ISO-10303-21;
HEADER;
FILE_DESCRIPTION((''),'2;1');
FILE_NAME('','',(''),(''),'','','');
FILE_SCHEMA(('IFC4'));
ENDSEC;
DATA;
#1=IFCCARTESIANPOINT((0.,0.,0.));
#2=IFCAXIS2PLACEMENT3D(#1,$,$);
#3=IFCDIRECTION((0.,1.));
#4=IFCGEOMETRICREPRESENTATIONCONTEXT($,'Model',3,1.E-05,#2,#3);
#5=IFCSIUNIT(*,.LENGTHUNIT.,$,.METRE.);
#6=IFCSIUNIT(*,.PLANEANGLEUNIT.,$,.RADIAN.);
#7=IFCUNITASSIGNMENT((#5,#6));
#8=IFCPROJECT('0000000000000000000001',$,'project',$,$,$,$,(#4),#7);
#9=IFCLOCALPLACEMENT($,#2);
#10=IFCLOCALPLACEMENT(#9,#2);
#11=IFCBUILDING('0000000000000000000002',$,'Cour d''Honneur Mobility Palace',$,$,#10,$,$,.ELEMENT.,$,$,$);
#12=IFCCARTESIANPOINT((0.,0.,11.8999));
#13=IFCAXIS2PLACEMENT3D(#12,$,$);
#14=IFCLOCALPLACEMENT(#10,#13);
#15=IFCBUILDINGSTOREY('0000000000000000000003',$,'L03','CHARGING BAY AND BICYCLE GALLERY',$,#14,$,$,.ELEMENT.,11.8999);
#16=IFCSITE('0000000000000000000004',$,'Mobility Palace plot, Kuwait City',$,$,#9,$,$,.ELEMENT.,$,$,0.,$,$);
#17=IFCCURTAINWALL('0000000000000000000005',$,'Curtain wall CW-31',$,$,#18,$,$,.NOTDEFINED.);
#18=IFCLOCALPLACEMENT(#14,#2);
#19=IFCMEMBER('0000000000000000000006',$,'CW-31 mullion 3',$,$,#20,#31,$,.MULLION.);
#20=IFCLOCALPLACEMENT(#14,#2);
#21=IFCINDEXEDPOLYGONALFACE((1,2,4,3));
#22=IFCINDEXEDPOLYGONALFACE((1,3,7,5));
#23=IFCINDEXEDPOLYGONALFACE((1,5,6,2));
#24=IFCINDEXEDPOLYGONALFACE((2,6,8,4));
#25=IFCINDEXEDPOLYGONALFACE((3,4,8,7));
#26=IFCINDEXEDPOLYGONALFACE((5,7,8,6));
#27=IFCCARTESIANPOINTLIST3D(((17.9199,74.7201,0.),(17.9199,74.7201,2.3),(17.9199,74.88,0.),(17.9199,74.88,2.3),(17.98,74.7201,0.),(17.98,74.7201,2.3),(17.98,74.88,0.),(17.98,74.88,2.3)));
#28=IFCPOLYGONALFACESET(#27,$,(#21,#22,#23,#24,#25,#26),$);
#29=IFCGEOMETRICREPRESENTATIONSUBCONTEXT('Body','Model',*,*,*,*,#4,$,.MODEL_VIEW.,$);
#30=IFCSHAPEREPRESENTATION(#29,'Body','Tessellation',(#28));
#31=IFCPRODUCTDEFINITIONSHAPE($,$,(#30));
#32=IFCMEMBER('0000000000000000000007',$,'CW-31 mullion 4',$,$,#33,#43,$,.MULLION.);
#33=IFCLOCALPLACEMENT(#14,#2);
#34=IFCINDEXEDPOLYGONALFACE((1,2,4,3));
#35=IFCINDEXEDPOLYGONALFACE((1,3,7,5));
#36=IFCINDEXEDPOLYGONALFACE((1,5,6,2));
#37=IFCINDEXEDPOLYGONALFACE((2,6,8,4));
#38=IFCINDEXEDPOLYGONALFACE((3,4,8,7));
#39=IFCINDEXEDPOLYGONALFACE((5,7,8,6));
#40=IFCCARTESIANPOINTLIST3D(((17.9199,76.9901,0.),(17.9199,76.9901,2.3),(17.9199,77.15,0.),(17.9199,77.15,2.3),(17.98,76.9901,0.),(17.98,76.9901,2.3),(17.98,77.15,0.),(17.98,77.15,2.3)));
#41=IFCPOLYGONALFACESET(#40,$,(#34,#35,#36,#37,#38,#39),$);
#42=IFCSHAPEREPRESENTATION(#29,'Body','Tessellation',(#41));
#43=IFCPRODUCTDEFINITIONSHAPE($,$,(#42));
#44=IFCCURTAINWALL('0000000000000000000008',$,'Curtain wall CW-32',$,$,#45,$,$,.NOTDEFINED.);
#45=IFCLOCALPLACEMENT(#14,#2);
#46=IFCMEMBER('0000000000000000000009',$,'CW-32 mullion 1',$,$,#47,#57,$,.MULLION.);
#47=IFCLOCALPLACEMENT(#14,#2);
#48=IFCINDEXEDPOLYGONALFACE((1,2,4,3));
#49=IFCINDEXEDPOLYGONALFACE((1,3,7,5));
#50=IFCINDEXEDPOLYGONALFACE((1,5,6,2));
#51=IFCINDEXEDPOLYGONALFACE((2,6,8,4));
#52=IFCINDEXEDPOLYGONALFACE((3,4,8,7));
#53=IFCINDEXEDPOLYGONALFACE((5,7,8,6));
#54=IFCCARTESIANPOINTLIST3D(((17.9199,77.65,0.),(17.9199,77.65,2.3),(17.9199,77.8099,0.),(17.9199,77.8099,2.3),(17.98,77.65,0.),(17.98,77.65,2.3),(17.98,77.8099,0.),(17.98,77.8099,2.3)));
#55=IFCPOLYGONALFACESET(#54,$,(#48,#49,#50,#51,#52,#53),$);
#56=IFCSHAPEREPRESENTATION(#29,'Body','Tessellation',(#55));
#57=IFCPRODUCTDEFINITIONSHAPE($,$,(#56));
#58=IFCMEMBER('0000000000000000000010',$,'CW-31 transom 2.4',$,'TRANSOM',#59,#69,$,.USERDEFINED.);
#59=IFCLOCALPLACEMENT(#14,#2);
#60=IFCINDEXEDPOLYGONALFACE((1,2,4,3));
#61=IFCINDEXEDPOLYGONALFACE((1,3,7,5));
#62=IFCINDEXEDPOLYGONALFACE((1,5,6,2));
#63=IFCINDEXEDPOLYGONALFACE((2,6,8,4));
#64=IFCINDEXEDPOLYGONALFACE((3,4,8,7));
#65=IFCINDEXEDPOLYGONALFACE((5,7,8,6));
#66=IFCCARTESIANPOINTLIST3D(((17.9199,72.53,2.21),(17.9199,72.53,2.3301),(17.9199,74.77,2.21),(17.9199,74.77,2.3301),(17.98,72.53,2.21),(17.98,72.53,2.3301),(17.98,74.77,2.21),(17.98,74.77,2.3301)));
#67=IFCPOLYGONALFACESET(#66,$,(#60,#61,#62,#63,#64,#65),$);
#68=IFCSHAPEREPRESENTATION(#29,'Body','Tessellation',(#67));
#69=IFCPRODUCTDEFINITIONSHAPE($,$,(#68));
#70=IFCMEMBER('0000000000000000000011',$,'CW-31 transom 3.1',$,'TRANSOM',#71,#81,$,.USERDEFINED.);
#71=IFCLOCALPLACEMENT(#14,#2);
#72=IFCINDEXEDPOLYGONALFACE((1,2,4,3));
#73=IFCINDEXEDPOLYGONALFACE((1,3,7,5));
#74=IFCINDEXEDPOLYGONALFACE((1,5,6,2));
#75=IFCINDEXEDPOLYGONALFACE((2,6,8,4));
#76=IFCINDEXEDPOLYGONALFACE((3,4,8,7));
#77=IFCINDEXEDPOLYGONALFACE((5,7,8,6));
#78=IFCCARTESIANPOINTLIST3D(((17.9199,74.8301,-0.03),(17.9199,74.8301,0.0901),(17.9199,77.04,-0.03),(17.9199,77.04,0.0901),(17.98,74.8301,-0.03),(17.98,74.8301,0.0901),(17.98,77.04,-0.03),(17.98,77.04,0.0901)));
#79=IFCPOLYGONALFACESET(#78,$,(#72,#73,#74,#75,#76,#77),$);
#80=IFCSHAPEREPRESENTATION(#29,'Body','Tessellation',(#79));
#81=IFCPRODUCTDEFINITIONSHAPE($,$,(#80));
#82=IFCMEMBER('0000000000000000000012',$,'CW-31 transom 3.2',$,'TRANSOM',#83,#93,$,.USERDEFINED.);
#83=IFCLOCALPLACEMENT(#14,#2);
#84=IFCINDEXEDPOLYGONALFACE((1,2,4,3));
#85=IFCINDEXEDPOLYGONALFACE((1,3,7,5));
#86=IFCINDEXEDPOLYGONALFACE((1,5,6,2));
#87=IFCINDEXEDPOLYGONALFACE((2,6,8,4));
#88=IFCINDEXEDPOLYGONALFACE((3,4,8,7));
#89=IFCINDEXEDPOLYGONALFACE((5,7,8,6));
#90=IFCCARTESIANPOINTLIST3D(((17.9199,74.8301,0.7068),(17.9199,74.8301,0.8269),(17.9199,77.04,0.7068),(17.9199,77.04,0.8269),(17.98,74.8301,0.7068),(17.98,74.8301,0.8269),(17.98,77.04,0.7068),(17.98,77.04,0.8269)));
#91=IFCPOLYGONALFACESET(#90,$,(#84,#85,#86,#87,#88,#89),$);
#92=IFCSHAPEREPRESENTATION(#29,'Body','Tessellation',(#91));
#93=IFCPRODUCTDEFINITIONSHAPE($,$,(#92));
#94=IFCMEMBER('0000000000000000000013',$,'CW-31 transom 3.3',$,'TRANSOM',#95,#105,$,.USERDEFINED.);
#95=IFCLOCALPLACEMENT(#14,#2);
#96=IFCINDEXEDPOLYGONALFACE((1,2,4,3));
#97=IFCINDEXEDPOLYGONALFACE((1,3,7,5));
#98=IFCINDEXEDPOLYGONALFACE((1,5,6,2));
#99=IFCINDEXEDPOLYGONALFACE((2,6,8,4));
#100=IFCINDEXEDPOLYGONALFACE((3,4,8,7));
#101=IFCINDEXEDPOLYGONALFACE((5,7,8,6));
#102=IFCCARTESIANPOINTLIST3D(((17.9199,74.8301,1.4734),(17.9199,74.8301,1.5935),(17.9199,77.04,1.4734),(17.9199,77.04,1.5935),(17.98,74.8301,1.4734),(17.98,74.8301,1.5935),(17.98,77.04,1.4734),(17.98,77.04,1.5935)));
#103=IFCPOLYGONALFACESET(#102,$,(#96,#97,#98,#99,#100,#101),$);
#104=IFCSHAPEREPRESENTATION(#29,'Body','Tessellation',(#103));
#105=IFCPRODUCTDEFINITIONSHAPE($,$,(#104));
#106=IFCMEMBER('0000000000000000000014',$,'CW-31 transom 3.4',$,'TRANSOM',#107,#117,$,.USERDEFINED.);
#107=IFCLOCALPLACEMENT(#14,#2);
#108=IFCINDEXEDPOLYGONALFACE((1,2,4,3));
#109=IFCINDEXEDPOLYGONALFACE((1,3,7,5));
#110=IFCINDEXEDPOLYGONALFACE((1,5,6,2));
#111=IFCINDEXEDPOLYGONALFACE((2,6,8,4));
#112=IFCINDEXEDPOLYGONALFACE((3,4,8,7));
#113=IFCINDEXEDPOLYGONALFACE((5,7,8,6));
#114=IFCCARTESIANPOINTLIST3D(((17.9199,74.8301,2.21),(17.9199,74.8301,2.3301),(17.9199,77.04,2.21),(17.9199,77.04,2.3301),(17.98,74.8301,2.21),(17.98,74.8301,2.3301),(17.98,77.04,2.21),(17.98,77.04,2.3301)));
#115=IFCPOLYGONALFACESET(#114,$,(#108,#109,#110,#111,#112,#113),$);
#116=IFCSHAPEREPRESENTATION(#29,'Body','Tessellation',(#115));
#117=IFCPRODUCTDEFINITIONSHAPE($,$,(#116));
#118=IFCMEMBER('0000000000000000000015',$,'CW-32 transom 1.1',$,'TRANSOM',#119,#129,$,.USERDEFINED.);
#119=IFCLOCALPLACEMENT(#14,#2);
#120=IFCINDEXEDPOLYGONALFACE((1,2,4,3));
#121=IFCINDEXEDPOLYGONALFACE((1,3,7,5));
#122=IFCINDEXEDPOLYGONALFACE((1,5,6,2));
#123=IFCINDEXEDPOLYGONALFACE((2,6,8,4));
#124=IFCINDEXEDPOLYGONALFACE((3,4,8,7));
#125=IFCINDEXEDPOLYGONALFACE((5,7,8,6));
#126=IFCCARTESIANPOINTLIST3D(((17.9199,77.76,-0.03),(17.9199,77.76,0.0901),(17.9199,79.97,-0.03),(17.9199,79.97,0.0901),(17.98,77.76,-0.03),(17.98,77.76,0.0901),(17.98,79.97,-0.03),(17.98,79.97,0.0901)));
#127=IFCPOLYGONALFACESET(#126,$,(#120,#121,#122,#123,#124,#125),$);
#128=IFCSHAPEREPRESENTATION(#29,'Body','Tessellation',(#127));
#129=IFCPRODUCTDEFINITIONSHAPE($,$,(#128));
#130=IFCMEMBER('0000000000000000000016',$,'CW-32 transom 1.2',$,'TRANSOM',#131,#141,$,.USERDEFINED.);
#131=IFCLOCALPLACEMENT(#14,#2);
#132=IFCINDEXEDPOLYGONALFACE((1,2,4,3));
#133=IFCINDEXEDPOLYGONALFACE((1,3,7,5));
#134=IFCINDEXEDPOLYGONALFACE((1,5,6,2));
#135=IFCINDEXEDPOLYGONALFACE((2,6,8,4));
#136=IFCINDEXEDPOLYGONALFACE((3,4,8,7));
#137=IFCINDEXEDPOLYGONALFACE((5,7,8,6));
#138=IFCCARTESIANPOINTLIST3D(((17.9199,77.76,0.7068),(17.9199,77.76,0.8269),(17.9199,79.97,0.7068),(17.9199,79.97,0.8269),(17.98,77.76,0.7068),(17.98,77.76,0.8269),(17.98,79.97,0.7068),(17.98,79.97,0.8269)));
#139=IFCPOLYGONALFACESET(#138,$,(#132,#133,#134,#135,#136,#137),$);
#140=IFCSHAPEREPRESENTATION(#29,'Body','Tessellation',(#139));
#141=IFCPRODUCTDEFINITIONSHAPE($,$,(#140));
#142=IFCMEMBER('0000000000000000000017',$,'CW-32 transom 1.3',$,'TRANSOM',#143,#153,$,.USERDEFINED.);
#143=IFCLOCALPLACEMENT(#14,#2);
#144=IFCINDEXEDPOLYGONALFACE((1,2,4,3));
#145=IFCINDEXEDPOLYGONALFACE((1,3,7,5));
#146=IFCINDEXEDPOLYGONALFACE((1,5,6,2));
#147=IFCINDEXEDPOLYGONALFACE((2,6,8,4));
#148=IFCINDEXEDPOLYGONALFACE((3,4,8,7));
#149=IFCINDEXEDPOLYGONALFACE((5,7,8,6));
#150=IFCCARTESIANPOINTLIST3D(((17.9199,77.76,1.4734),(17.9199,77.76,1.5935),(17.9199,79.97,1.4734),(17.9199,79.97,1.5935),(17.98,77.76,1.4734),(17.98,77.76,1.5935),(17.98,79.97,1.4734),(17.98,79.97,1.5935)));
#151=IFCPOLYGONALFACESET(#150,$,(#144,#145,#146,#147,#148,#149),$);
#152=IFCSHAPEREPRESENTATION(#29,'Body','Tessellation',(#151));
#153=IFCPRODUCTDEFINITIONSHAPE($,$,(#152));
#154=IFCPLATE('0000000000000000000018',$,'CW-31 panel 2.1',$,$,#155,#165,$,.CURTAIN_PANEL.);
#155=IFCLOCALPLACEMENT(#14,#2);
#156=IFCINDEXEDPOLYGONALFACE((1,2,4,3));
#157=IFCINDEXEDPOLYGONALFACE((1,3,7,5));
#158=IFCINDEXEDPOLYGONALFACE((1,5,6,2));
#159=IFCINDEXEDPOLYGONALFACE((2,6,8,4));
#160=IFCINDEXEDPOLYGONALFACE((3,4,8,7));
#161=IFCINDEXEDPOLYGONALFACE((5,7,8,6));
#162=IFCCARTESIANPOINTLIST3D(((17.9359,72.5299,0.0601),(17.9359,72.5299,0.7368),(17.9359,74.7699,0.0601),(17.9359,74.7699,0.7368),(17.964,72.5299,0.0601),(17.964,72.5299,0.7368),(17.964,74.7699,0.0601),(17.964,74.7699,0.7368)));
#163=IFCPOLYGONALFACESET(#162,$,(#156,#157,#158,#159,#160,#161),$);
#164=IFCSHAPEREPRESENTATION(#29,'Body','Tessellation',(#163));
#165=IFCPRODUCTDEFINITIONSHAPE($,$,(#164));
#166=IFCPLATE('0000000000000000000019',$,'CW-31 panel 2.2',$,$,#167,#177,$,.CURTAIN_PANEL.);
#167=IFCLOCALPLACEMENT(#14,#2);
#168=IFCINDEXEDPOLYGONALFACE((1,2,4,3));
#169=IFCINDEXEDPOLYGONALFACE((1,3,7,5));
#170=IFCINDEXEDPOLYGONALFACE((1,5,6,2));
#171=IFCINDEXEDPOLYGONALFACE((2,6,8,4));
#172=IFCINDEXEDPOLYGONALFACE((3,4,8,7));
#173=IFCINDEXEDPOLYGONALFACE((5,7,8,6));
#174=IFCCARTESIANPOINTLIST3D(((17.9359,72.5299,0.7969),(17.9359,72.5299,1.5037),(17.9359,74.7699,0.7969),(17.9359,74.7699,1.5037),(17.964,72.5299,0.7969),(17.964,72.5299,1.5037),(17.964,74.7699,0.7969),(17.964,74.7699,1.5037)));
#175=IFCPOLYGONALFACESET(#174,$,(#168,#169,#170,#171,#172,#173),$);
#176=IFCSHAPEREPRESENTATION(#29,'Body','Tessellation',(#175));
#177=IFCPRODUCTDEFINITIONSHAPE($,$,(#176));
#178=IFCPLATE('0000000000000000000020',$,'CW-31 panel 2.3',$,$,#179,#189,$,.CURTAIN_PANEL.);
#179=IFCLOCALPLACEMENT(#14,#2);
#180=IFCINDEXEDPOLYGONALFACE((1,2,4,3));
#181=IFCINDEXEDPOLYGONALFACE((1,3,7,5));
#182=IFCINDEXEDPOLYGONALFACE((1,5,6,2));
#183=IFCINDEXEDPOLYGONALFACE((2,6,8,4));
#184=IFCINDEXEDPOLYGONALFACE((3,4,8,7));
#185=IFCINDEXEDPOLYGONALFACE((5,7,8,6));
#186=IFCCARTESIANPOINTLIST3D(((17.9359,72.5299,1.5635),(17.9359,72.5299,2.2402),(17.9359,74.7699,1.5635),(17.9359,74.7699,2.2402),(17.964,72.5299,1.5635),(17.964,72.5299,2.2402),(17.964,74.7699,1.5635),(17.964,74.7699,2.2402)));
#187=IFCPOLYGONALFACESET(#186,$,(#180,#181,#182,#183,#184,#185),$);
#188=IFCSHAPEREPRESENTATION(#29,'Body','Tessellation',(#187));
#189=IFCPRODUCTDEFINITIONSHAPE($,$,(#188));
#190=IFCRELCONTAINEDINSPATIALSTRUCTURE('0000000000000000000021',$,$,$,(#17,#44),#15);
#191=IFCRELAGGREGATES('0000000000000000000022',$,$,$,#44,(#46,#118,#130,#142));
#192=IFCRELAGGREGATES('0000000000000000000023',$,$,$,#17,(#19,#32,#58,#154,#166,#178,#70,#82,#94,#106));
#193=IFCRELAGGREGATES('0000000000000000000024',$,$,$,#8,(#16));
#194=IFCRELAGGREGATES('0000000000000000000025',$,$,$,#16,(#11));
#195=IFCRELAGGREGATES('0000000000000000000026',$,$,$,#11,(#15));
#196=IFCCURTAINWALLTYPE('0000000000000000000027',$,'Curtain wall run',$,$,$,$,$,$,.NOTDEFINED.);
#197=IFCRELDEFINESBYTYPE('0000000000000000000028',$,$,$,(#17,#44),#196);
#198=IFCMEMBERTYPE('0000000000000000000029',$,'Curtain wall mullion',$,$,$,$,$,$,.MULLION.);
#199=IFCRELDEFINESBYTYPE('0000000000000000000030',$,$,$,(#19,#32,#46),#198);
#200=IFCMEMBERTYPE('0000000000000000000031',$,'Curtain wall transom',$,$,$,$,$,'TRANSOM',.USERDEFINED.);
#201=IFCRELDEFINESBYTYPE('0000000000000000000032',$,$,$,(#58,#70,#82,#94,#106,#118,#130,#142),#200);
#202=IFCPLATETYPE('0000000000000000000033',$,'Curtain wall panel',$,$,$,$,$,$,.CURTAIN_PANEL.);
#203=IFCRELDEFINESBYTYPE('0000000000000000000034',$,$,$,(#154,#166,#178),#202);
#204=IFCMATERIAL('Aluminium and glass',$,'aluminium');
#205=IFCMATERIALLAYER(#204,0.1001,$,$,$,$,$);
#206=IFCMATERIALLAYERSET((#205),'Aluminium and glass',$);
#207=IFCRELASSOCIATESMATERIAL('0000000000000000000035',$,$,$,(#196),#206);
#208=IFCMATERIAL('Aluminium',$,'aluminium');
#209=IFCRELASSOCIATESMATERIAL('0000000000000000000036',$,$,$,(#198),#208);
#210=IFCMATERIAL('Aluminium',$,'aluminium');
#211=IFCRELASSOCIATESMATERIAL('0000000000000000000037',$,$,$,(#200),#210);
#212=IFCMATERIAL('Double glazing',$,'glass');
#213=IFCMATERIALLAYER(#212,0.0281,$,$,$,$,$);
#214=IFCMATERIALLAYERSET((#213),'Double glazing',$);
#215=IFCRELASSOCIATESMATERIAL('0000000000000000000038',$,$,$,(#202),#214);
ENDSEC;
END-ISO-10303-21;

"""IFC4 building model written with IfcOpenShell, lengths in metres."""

from ifc_helpers import new_model, si_unit, direction, frame, origin, origin_2d, place, context, subcontext, project, spatial, rectangle, extrude, material, layer, layer_set, material_profile, profile_set, type_object, element, aggregate, save


model = new_model("IFC4")

# Units and contexts
model_context = context("Model", 3, precision=1e-05, world=origin(), true_north=direction((0.0, 1.0)))
body_context = subcontext(model_context, "Body", "Model", "MODEL_VIEW")
ifc_project = project(units=[si_unit("LENGTHUNIT", "METRE"), si_unit("PLANEANGLEUNIT", "RADIAN")], contexts=[model_context])

# Site, building, storey
site_placement = place(None, origin())
site = spatial("IfcSite", under=ifc_project, at=site_placement, Name="Mobility Palace plot, Kuwait City", CompositionType="ELEMENT", RefElevation=0.0)
building_placement = place(site_placement, origin())
building = spatial("IfcBuilding", under=site, at=building_placement, Name="Cour d'Honneur Mobility Palace", CompositionType="ELEMENT")
storey_placement = place(building_placement, frame((0.0, 0.0, 11.8999)))
storey = spatial("IfcBuildingStorey", under=building, at=storey_placement, Name="L03", Description="CHARGING BAY AND BICYCLE GALLERY", CompositionType="ELEMENT", Elevation=11.8999)

# Curtain wall, members
ifc_material_1 = material(Name="Aluminium and glass", Category="aluminium")
ifc_layer_1 = layer(ifc_material_1, 0.1001)
ifc_layer_set_1 = layer_set([ifc_layer_1], Name="Aluminium and glass")
curtain_wall_type = type_object("IfcCurtainWallType", Name="Curtain wall run", PredefinedType="NOTDEFINED", material=ifc_layer_set_1)
curtain_wall_1_placement = place(storey_placement, origin())
curtain_wall_1 = element("IfcCurtainWall", 1, at=curtain_wall_1_placement, inside=storey, type_object=curtain_wall_type, Name="Curtain wall CW-31", PredefinedType="NOTDEFINED")
ifc_material_2 = material(Name="Aluminium", Category="aluminium")
ifc_material_profile_1 = material_profile(ifc_material_2, rectangle(XDim=0.0601, YDim=0.1599, at=origin_2d()), Name="Curtain wall mullion")
ifc_profile_set_1 = profile_set([ifc_material_profile_1], Name="Aluminium")
member_type_1 = type_object("IfcMemberType", Name="Curtain wall mullion", PredefinedType="MULLION", material=ifc_profile_set_1)
member_1_placement = place(storey_placement, frame((17.95, 74.8, 0.0), z_axis=(0.0, 0.0, 1.0), x_axis=(-1.0, 0.0, 0.0)))
member_1 = element("IfcMember", 2, at=member_1_placement, type_object=member_type_1, Name="CW-31 mullion 3", PredefinedType="MULLION", context=body_context, shape_type="SweptSolid", body=[
    extrude(rectangle(XDim=0.0601, YDim=0.1599, at=origin_2d()), origin(), (0.0, 0.0, 1.0), 2.3),
])
member_2_placement = place(storey_placement, frame((17.95, 77.0701, 0.0), z_axis=(0.0, 0.0, 1.0), x_axis=(-1.0, 0.0, 0.0)))
member_2 = element("IfcMember", 3, at=member_2_placement, type_object=member_type_1, Name="CW-31 mullion 4", PredefinedType="MULLION", context=body_context, shape_type="SweptSolid", body=[
    extrude(rectangle(XDim=0.0601, YDim=0.1599, at=origin_2d()), origin(), (0.0, 0.0, 1.0), 2.3),
])

# Curtain wall, member
curtain_wall_2_placement = place(storey_placement, origin())
curtain_wall_2 = element("IfcCurtainWall", 4, at=curtain_wall_2_placement, inside=storey, type_object=curtain_wall_type, Name="Curtain wall CW-32", PredefinedType="NOTDEFINED")
member_3_placement = place(storey_placement, frame((17.95, 77.73, 0.0), z_axis=(0.0, 0.0, 1.0), x_axis=(-1.0, 0.0, 0.0)))
member_3 = element("IfcMember", 5, at=member_3_placement, type_object=member_type_1, Name="CW-32 mullion 1", PredefinedType="MULLION", context=body_context, shape_type="SweptSolid", body=[
    extrude(rectangle(XDim=0.0601, YDim=0.1599, at=origin_2d()), origin(), (0.0, 0.0, 1.0), 2.3),
])

# Members
ifc_material_3 = material(Name="Aluminium", Category="aluminium")
ifc_material_profile_2 = material_profile(ifc_material_3, rectangle(XDim=0.0601, YDim=0.1201, at=origin_2d()), Name="Curtain wall transom")
ifc_profile_set_2 = profile_set([ifc_material_profile_2], Name="Aluminium")
member_type_2 = type_object("IfcMemberType", Name="Curtain wall transom", ElementType="TRANSOM", PredefinedType="USERDEFINED", material=ifc_profile_set_2)
member_4_placement = place(storey_placement, frame((17.95, 72.53, 2.27), z_axis=(0.0, 1.0, 0.0), x_axis=(-1.0, 0.0, 0.0)))
member_4 = element("IfcMember", 6, at=member_4_placement, type_object=member_type_2, Name="CW-31 transom 2.4", ObjectType="TRANSOM", PredefinedType="USERDEFINED", context=body_context, shape_type="SweptSolid", body=[
    extrude(rectangle(XDim=0.0601, YDim=0.1201, at=origin_2d()), origin(), (0.0, 0.0, 1.0), 2.24),
])
member_5_placement = place(storey_placement, frame((17.95, 74.8301, 0.03), z_axis=(0.0, 1.0, 0.0), x_axis=(-1.0, 0.0, 0.0)))
member_5 = element("IfcMember", 7, at=member_5_placement, type_object=member_type_2, Name="CW-31 transom 3.1", ObjectType="TRANSOM", PredefinedType="USERDEFINED", context=body_context, shape_type="SweptSolid", body=[
    extrude(rectangle(XDim=0.0601, YDim=0.1201, at=origin_2d()), origin(), (0.0, 0.0, 1.0), 2.21),
])
member_6_placement = place(storey_placement, frame((17.95, 74.8301, 0.7668), z_axis=(0.0, 1.0, 0.0), x_axis=(-1.0, 0.0, 0.0)))
member_6 = element("IfcMember", 8, at=member_6_placement, type_object=member_type_2, Name="CW-31 transom 3.2", ObjectType="TRANSOM", PredefinedType="USERDEFINED", context=body_context, shape_type="SweptSolid", body=[
    extrude(rectangle(XDim=0.0601, YDim=0.1201, at=origin_2d()), origin(), (0.0, 0.0, 1.0), 2.21),
])
member_7_placement = place(storey_placement, frame((17.95, 74.8301, 1.5334), z_axis=(0.0, 1.0, 0.0), x_axis=(-1.0, 0.0, 0.0)))
member_7 = element("IfcMember", 9, at=member_7_placement, type_object=member_type_2, Name="CW-31 transom 3.3", ObjectType="TRANSOM", PredefinedType="USERDEFINED", context=body_context, shape_type="SweptSolid", body=[
    extrude(rectangle(XDim=0.0601, YDim=0.1201, at=origin_2d()), origin(), (0.0, 0.0, 1.0), 2.21),
])
member_8_placement = place(storey_placement, frame((17.95, 74.8301, 2.27), z_axis=(0.0, 1.0, 0.0), x_axis=(-1.0, 0.0, 0.0)))
member_8 = element("IfcMember", 10, at=member_8_placement, type_object=member_type_2, Name="CW-31 transom 3.4", ObjectType="TRANSOM", PredefinedType="USERDEFINED", context=body_context, shape_type="SweptSolid", body=[
    extrude(rectangle(XDim=0.0601, YDim=0.1201, at=origin_2d()), origin(), (0.0, 0.0, 1.0), 2.21),
])
member_9_placement = place(storey_placement, frame((17.95, 77.76, 0.03), z_axis=(0.0, 1.0, 0.0), x_axis=(-1.0, 0.0, 0.0)))
member_9 = element("IfcMember", 11, at=member_9_placement, type_object=member_type_2, Name="CW-32 transom 1.1", ObjectType="TRANSOM", PredefinedType="USERDEFINED", context=body_context, shape_type="SweptSolid", body=[
    extrude(rectangle(XDim=0.0601, YDim=0.1201, at=origin_2d()), origin(), (0.0, 0.0, 1.0), 2.21),
])
member_10_placement = place(storey_placement, frame((17.95, 77.76, 0.7668), z_axis=(0.0, 1.0, 0.0), x_axis=(-1.0, 0.0, 0.0)))
member_10 = element("IfcMember", 12, at=member_10_placement, type_object=member_type_2, Name="CW-32 transom 1.2", ObjectType="TRANSOM", PredefinedType="USERDEFINED", context=body_context, shape_type="SweptSolid", body=[
    extrude(rectangle(XDim=0.0601, YDim=0.1201, at=origin_2d()), origin(), (0.0, 0.0, 1.0), 2.21),
])
member_11_placement = place(storey_placement, frame((17.95, 77.76, 1.5334), z_axis=(0.0, 1.0, 0.0), x_axis=(-1.0, 0.0, 0.0)))
member_11 = element("IfcMember", 13, at=member_11_placement, type_object=member_type_2, Name="CW-32 transom 1.3", ObjectType="TRANSOM", PredefinedType="USERDEFINED", context=body_context, shape_type="SweptSolid", body=[
    extrude(rectangle(XDim=0.0601, YDim=0.1201, at=origin_2d()), origin(), (0.0, 0.0, 1.0), 2.21),
])
aggregate(curtain_wall_2, [member_3, member_9, member_10, member_11])

# Plates
ifc_material_4 = material(Name="Double glazing", Category="glass")
ifc_layer_2 = layer(ifc_material_4, 0.0281)
ifc_layer_set_2 = layer_set([ifc_layer_2], Name="Double glazing")
plate_type = type_object("IfcPlateType", Name="Curtain wall panel", PredefinedType="CURTAIN_PANEL", material=ifc_layer_set_2)
plate_1_placement = place(storey_placement, frame((17.95, 73.6499, 0.0601), z_axis=(0.0, 0.0, 1.0), x_axis=(0.0, 1.0, 0.0)))
plate_1 = element("IfcPlate", 14, at=plate_1_placement, type_object=plate_type, Name="CW-31 panel 2.1", PredefinedType="CURTAIN_PANEL", context=body_context, shape_type="SweptSolid", body=[
    extrude(rectangle(XDim=2.24, YDim=0.0281, at=origin_2d()), origin(), (0.0, 0.0, 1.0), 0.6768),
])
plate_2_placement = place(storey_placement, frame((17.95, 73.6499, 0.7969), z_axis=(0.0, 0.0, 1.0), x_axis=(0.0, 1.0, 0.0)))
plate_2 = element("IfcPlate", 15, at=plate_2_placement, type_object=plate_type, Name="CW-31 panel 2.2", PredefinedType="CURTAIN_PANEL", context=body_context, shape_type="SweptSolid", body=[
    extrude(rectangle(XDim=2.24, YDim=0.0281, at=origin_2d()), origin(), (0.0, 0.0, 1.0), 0.7068),
])
plate_3_placement = place(storey_placement, frame((17.95, 73.6499, 1.5635), z_axis=(0.0, 0.0, 1.0), x_axis=(0.0, 1.0, 0.0)))
plate_3 = element("IfcPlate", 16, at=plate_3_placement, type_object=plate_type, Name="CW-31 panel 2.3", PredefinedType="CURTAIN_PANEL", context=body_context, shape_type="SweptSolid", body=[
    extrude(rectangle(XDim=2.24, YDim=0.0281, at=origin_2d()), origin(), (0.0, 0.0, 1.0), 0.6768),
])
aggregate(curtain_wall_1, [member_1, member_2, member_4, plate_1, plate_2, plate_3, member_5, member_6, member_7, member_8])

save(model, "model.ifc")
